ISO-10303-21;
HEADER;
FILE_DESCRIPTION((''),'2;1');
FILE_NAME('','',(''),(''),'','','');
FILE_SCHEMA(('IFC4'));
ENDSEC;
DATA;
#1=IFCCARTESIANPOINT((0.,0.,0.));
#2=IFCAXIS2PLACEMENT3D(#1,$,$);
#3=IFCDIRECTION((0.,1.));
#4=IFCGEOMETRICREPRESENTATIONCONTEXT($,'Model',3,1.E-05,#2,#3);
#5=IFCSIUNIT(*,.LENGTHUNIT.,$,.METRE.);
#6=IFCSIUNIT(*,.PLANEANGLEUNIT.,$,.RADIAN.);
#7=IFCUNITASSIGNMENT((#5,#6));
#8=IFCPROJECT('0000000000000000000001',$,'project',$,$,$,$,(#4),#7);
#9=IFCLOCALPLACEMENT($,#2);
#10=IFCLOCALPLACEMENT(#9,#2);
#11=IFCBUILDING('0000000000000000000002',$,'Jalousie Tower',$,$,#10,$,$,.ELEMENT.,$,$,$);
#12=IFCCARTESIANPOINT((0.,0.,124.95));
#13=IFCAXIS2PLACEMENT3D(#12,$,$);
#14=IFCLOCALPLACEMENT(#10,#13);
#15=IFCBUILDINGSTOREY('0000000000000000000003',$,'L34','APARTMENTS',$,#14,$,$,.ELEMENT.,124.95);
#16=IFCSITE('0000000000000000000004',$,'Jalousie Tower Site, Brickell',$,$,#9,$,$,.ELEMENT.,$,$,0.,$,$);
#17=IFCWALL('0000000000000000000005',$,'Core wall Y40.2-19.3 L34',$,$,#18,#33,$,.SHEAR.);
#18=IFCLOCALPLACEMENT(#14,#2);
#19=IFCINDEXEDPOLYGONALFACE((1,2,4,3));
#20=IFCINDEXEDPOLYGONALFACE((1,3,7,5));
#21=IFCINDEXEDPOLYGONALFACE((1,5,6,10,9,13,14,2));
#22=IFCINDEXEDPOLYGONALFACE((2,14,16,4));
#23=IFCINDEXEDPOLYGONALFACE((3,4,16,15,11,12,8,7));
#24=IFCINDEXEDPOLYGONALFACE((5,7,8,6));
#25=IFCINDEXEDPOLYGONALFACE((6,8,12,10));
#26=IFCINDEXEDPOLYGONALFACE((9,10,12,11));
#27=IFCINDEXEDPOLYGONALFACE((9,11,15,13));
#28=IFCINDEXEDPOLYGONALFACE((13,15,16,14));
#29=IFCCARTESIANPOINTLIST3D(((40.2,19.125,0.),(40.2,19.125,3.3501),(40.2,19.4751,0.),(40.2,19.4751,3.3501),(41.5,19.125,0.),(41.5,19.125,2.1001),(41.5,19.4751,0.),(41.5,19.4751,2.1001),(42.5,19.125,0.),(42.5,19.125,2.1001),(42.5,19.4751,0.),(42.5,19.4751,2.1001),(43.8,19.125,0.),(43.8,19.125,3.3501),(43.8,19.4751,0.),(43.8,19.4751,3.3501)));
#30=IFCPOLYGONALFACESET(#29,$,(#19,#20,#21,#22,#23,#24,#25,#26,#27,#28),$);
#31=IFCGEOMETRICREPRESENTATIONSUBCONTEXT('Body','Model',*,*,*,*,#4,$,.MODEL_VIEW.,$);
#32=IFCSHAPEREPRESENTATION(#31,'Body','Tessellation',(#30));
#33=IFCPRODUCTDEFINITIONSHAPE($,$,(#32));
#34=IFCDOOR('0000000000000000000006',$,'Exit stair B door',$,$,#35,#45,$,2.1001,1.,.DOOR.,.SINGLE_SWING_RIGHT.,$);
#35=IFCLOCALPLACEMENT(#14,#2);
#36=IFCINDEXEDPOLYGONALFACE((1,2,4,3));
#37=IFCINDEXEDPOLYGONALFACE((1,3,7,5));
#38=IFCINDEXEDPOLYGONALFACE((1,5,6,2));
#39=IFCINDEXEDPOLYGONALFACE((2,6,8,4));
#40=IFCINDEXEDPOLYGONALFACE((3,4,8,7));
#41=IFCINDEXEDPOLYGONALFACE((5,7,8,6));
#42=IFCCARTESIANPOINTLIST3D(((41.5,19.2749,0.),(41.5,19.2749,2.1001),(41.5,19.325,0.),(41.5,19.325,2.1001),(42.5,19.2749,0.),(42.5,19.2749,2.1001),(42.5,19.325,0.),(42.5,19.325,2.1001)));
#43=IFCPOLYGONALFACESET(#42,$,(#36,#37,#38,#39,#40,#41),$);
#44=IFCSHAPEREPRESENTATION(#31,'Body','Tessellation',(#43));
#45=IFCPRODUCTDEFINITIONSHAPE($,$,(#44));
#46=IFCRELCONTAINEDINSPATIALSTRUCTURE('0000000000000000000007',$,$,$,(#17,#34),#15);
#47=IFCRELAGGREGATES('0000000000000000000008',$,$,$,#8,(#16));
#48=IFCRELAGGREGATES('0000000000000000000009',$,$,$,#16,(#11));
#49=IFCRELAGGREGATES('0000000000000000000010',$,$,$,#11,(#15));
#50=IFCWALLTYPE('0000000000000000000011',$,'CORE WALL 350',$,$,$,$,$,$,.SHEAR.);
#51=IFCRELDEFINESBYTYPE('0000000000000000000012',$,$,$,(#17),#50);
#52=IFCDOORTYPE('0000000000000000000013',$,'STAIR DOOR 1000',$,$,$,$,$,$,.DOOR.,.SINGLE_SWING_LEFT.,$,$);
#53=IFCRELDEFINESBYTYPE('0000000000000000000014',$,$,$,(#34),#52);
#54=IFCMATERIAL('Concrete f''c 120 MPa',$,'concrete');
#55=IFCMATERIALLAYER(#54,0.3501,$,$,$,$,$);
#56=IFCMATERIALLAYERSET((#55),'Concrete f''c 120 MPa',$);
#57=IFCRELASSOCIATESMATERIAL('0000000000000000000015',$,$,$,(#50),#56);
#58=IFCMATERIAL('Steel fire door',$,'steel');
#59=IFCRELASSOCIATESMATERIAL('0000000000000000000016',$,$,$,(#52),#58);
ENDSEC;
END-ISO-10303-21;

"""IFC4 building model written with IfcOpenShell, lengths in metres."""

from ifc_helpers import new_model, si_unit, direction, frame, frame_2d, origin, place, context, subcontext, project, spatial, rectangle, extrude, material, layer, layer_set, type_object, element, fill, save


model = new_model("IFC4")

# Units and contexts
model_context = context("Model", 3, precision=1e-05, world=origin(), true_north=direction((0.0, 1.0)))
body_context = subcontext(model_context, "Body", "Model", "MODEL_VIEW")
ifc_project = project(units=[si_unit("LENGTHUNIT", "METRE"), si_unit("PLANEANGLEUNIT", "RADIAN")], contexts=[model_context])

# Site, building, storey
site_placement = place(None, origin())
site = spatial("IfcSite", under=ifc_project, at=site_placement, Name="Jalousie Tower Site, Brickell", CompositionType="ELEMENT", RefElevation=0.0)
building_placement = place(site_placement, origin())
building = spatial("IfcBuilding", under=site, at=building_placement, Name="Jalousie Tower", CompositionType="ELEMENT")
storey_placement = place(building_placement, frame((0.0, 0.0, 124.95)))
storey = spatial("IfcBuildingStorey", under=building, at=storey_placement, Name="L34", Description="APARTMENTS", CompositionType="ELEMENT", Elevation=124.95)

# Shared definitions
ifc_material_1 = material(Name="Concrete f'c 120 MPa", Category="concrete")
ifc_layer = layer(ifc_material_1, 0.3501)
ifc_layer_set = layer_set([ifc_layer], Name="Concrete f'c 120 MPa")
wall_type = type_object("IfcWallType", Name="CORE WALL 350", PredefinedType="SHEAR", material=ifc_layer_set)

# Wall, opening, door
wall_1_placement = place(storey_placement, frame((40.2, 19.3, 0.0), z_axis=(0.0, 0.0, 1.0), x_axis=(1.0, 0.0, 0.0)))
wall_1 = element("IfcWall", 1, at=wall_1_placement, inside=storey, type_object=wall_type, Name="Core wall Y40.2-19.3 L34", PredefinedType="SHEAR", context=body_context, shape_type="SweptSolid", body=[
    extrude(rectangle(XDim=3.6001, YDim=0.3501, at=frame_2d((1.8, 0.0))), origin(), (0.0, 0.0, 1.0), 3.3501),
])
opening_1_placement = place(wall_1_placement, frame((1.3, 0.0, 0.0)))
opening_1 = element("IfcOpeningElement", 2, at=opening_1_placement, cuts=wall_1, PredefinedType="OPENING", context=body_context, shape_type="SweptSolid", body=[
    extrude(rectangle(XDim=1.0, YDim=2.1001, at=frame_2d((0.5, 1.05))), frame((0.0, 0.1851, 0.0), z_axis=(0.0, -1.0, 0.0), x_axis=(1.0, 0.0, 0.0)), (0.0, 0.0, 1.0), 0.3701),
])
ifc_material_2 = material(Name="Steel fire door", Category="steel")
door_type_1 = type_object("IfcDoorType", Name="STAIR DOOR 1000", OperationType="SINGLE_SWING_LEFT", PredefinedType="DOOR", material=ifc_material_2)
door_1_placement = place(opening_1_placement, origin())
door_1 = element("IfcDoor", 3, at=door_1_placement, inside=storey, type_object=door_type_1, Name="Exit stair B door", OperationType="SINGLE_SWING_RIGHT", OverallHeight=2.1001, OverallWidth=1.0, PredefinedType="DOOR", context=body_context, shape_type="SweptSolid", body=[
    extrude(rectangle(XDim=1.0, YDim=2.1001, at=frame_2d((0.5, 1.05))), frame((0.0, 0.0249, 0.0), z_axis=(0.0, -1.0, 0.0), x_axis=(1.0, 0.0, 0.0)), (0.0, 0.0, 1.0), 0.05),
])
fill(opening_1, door_1)

save(model, "model.ifc")
